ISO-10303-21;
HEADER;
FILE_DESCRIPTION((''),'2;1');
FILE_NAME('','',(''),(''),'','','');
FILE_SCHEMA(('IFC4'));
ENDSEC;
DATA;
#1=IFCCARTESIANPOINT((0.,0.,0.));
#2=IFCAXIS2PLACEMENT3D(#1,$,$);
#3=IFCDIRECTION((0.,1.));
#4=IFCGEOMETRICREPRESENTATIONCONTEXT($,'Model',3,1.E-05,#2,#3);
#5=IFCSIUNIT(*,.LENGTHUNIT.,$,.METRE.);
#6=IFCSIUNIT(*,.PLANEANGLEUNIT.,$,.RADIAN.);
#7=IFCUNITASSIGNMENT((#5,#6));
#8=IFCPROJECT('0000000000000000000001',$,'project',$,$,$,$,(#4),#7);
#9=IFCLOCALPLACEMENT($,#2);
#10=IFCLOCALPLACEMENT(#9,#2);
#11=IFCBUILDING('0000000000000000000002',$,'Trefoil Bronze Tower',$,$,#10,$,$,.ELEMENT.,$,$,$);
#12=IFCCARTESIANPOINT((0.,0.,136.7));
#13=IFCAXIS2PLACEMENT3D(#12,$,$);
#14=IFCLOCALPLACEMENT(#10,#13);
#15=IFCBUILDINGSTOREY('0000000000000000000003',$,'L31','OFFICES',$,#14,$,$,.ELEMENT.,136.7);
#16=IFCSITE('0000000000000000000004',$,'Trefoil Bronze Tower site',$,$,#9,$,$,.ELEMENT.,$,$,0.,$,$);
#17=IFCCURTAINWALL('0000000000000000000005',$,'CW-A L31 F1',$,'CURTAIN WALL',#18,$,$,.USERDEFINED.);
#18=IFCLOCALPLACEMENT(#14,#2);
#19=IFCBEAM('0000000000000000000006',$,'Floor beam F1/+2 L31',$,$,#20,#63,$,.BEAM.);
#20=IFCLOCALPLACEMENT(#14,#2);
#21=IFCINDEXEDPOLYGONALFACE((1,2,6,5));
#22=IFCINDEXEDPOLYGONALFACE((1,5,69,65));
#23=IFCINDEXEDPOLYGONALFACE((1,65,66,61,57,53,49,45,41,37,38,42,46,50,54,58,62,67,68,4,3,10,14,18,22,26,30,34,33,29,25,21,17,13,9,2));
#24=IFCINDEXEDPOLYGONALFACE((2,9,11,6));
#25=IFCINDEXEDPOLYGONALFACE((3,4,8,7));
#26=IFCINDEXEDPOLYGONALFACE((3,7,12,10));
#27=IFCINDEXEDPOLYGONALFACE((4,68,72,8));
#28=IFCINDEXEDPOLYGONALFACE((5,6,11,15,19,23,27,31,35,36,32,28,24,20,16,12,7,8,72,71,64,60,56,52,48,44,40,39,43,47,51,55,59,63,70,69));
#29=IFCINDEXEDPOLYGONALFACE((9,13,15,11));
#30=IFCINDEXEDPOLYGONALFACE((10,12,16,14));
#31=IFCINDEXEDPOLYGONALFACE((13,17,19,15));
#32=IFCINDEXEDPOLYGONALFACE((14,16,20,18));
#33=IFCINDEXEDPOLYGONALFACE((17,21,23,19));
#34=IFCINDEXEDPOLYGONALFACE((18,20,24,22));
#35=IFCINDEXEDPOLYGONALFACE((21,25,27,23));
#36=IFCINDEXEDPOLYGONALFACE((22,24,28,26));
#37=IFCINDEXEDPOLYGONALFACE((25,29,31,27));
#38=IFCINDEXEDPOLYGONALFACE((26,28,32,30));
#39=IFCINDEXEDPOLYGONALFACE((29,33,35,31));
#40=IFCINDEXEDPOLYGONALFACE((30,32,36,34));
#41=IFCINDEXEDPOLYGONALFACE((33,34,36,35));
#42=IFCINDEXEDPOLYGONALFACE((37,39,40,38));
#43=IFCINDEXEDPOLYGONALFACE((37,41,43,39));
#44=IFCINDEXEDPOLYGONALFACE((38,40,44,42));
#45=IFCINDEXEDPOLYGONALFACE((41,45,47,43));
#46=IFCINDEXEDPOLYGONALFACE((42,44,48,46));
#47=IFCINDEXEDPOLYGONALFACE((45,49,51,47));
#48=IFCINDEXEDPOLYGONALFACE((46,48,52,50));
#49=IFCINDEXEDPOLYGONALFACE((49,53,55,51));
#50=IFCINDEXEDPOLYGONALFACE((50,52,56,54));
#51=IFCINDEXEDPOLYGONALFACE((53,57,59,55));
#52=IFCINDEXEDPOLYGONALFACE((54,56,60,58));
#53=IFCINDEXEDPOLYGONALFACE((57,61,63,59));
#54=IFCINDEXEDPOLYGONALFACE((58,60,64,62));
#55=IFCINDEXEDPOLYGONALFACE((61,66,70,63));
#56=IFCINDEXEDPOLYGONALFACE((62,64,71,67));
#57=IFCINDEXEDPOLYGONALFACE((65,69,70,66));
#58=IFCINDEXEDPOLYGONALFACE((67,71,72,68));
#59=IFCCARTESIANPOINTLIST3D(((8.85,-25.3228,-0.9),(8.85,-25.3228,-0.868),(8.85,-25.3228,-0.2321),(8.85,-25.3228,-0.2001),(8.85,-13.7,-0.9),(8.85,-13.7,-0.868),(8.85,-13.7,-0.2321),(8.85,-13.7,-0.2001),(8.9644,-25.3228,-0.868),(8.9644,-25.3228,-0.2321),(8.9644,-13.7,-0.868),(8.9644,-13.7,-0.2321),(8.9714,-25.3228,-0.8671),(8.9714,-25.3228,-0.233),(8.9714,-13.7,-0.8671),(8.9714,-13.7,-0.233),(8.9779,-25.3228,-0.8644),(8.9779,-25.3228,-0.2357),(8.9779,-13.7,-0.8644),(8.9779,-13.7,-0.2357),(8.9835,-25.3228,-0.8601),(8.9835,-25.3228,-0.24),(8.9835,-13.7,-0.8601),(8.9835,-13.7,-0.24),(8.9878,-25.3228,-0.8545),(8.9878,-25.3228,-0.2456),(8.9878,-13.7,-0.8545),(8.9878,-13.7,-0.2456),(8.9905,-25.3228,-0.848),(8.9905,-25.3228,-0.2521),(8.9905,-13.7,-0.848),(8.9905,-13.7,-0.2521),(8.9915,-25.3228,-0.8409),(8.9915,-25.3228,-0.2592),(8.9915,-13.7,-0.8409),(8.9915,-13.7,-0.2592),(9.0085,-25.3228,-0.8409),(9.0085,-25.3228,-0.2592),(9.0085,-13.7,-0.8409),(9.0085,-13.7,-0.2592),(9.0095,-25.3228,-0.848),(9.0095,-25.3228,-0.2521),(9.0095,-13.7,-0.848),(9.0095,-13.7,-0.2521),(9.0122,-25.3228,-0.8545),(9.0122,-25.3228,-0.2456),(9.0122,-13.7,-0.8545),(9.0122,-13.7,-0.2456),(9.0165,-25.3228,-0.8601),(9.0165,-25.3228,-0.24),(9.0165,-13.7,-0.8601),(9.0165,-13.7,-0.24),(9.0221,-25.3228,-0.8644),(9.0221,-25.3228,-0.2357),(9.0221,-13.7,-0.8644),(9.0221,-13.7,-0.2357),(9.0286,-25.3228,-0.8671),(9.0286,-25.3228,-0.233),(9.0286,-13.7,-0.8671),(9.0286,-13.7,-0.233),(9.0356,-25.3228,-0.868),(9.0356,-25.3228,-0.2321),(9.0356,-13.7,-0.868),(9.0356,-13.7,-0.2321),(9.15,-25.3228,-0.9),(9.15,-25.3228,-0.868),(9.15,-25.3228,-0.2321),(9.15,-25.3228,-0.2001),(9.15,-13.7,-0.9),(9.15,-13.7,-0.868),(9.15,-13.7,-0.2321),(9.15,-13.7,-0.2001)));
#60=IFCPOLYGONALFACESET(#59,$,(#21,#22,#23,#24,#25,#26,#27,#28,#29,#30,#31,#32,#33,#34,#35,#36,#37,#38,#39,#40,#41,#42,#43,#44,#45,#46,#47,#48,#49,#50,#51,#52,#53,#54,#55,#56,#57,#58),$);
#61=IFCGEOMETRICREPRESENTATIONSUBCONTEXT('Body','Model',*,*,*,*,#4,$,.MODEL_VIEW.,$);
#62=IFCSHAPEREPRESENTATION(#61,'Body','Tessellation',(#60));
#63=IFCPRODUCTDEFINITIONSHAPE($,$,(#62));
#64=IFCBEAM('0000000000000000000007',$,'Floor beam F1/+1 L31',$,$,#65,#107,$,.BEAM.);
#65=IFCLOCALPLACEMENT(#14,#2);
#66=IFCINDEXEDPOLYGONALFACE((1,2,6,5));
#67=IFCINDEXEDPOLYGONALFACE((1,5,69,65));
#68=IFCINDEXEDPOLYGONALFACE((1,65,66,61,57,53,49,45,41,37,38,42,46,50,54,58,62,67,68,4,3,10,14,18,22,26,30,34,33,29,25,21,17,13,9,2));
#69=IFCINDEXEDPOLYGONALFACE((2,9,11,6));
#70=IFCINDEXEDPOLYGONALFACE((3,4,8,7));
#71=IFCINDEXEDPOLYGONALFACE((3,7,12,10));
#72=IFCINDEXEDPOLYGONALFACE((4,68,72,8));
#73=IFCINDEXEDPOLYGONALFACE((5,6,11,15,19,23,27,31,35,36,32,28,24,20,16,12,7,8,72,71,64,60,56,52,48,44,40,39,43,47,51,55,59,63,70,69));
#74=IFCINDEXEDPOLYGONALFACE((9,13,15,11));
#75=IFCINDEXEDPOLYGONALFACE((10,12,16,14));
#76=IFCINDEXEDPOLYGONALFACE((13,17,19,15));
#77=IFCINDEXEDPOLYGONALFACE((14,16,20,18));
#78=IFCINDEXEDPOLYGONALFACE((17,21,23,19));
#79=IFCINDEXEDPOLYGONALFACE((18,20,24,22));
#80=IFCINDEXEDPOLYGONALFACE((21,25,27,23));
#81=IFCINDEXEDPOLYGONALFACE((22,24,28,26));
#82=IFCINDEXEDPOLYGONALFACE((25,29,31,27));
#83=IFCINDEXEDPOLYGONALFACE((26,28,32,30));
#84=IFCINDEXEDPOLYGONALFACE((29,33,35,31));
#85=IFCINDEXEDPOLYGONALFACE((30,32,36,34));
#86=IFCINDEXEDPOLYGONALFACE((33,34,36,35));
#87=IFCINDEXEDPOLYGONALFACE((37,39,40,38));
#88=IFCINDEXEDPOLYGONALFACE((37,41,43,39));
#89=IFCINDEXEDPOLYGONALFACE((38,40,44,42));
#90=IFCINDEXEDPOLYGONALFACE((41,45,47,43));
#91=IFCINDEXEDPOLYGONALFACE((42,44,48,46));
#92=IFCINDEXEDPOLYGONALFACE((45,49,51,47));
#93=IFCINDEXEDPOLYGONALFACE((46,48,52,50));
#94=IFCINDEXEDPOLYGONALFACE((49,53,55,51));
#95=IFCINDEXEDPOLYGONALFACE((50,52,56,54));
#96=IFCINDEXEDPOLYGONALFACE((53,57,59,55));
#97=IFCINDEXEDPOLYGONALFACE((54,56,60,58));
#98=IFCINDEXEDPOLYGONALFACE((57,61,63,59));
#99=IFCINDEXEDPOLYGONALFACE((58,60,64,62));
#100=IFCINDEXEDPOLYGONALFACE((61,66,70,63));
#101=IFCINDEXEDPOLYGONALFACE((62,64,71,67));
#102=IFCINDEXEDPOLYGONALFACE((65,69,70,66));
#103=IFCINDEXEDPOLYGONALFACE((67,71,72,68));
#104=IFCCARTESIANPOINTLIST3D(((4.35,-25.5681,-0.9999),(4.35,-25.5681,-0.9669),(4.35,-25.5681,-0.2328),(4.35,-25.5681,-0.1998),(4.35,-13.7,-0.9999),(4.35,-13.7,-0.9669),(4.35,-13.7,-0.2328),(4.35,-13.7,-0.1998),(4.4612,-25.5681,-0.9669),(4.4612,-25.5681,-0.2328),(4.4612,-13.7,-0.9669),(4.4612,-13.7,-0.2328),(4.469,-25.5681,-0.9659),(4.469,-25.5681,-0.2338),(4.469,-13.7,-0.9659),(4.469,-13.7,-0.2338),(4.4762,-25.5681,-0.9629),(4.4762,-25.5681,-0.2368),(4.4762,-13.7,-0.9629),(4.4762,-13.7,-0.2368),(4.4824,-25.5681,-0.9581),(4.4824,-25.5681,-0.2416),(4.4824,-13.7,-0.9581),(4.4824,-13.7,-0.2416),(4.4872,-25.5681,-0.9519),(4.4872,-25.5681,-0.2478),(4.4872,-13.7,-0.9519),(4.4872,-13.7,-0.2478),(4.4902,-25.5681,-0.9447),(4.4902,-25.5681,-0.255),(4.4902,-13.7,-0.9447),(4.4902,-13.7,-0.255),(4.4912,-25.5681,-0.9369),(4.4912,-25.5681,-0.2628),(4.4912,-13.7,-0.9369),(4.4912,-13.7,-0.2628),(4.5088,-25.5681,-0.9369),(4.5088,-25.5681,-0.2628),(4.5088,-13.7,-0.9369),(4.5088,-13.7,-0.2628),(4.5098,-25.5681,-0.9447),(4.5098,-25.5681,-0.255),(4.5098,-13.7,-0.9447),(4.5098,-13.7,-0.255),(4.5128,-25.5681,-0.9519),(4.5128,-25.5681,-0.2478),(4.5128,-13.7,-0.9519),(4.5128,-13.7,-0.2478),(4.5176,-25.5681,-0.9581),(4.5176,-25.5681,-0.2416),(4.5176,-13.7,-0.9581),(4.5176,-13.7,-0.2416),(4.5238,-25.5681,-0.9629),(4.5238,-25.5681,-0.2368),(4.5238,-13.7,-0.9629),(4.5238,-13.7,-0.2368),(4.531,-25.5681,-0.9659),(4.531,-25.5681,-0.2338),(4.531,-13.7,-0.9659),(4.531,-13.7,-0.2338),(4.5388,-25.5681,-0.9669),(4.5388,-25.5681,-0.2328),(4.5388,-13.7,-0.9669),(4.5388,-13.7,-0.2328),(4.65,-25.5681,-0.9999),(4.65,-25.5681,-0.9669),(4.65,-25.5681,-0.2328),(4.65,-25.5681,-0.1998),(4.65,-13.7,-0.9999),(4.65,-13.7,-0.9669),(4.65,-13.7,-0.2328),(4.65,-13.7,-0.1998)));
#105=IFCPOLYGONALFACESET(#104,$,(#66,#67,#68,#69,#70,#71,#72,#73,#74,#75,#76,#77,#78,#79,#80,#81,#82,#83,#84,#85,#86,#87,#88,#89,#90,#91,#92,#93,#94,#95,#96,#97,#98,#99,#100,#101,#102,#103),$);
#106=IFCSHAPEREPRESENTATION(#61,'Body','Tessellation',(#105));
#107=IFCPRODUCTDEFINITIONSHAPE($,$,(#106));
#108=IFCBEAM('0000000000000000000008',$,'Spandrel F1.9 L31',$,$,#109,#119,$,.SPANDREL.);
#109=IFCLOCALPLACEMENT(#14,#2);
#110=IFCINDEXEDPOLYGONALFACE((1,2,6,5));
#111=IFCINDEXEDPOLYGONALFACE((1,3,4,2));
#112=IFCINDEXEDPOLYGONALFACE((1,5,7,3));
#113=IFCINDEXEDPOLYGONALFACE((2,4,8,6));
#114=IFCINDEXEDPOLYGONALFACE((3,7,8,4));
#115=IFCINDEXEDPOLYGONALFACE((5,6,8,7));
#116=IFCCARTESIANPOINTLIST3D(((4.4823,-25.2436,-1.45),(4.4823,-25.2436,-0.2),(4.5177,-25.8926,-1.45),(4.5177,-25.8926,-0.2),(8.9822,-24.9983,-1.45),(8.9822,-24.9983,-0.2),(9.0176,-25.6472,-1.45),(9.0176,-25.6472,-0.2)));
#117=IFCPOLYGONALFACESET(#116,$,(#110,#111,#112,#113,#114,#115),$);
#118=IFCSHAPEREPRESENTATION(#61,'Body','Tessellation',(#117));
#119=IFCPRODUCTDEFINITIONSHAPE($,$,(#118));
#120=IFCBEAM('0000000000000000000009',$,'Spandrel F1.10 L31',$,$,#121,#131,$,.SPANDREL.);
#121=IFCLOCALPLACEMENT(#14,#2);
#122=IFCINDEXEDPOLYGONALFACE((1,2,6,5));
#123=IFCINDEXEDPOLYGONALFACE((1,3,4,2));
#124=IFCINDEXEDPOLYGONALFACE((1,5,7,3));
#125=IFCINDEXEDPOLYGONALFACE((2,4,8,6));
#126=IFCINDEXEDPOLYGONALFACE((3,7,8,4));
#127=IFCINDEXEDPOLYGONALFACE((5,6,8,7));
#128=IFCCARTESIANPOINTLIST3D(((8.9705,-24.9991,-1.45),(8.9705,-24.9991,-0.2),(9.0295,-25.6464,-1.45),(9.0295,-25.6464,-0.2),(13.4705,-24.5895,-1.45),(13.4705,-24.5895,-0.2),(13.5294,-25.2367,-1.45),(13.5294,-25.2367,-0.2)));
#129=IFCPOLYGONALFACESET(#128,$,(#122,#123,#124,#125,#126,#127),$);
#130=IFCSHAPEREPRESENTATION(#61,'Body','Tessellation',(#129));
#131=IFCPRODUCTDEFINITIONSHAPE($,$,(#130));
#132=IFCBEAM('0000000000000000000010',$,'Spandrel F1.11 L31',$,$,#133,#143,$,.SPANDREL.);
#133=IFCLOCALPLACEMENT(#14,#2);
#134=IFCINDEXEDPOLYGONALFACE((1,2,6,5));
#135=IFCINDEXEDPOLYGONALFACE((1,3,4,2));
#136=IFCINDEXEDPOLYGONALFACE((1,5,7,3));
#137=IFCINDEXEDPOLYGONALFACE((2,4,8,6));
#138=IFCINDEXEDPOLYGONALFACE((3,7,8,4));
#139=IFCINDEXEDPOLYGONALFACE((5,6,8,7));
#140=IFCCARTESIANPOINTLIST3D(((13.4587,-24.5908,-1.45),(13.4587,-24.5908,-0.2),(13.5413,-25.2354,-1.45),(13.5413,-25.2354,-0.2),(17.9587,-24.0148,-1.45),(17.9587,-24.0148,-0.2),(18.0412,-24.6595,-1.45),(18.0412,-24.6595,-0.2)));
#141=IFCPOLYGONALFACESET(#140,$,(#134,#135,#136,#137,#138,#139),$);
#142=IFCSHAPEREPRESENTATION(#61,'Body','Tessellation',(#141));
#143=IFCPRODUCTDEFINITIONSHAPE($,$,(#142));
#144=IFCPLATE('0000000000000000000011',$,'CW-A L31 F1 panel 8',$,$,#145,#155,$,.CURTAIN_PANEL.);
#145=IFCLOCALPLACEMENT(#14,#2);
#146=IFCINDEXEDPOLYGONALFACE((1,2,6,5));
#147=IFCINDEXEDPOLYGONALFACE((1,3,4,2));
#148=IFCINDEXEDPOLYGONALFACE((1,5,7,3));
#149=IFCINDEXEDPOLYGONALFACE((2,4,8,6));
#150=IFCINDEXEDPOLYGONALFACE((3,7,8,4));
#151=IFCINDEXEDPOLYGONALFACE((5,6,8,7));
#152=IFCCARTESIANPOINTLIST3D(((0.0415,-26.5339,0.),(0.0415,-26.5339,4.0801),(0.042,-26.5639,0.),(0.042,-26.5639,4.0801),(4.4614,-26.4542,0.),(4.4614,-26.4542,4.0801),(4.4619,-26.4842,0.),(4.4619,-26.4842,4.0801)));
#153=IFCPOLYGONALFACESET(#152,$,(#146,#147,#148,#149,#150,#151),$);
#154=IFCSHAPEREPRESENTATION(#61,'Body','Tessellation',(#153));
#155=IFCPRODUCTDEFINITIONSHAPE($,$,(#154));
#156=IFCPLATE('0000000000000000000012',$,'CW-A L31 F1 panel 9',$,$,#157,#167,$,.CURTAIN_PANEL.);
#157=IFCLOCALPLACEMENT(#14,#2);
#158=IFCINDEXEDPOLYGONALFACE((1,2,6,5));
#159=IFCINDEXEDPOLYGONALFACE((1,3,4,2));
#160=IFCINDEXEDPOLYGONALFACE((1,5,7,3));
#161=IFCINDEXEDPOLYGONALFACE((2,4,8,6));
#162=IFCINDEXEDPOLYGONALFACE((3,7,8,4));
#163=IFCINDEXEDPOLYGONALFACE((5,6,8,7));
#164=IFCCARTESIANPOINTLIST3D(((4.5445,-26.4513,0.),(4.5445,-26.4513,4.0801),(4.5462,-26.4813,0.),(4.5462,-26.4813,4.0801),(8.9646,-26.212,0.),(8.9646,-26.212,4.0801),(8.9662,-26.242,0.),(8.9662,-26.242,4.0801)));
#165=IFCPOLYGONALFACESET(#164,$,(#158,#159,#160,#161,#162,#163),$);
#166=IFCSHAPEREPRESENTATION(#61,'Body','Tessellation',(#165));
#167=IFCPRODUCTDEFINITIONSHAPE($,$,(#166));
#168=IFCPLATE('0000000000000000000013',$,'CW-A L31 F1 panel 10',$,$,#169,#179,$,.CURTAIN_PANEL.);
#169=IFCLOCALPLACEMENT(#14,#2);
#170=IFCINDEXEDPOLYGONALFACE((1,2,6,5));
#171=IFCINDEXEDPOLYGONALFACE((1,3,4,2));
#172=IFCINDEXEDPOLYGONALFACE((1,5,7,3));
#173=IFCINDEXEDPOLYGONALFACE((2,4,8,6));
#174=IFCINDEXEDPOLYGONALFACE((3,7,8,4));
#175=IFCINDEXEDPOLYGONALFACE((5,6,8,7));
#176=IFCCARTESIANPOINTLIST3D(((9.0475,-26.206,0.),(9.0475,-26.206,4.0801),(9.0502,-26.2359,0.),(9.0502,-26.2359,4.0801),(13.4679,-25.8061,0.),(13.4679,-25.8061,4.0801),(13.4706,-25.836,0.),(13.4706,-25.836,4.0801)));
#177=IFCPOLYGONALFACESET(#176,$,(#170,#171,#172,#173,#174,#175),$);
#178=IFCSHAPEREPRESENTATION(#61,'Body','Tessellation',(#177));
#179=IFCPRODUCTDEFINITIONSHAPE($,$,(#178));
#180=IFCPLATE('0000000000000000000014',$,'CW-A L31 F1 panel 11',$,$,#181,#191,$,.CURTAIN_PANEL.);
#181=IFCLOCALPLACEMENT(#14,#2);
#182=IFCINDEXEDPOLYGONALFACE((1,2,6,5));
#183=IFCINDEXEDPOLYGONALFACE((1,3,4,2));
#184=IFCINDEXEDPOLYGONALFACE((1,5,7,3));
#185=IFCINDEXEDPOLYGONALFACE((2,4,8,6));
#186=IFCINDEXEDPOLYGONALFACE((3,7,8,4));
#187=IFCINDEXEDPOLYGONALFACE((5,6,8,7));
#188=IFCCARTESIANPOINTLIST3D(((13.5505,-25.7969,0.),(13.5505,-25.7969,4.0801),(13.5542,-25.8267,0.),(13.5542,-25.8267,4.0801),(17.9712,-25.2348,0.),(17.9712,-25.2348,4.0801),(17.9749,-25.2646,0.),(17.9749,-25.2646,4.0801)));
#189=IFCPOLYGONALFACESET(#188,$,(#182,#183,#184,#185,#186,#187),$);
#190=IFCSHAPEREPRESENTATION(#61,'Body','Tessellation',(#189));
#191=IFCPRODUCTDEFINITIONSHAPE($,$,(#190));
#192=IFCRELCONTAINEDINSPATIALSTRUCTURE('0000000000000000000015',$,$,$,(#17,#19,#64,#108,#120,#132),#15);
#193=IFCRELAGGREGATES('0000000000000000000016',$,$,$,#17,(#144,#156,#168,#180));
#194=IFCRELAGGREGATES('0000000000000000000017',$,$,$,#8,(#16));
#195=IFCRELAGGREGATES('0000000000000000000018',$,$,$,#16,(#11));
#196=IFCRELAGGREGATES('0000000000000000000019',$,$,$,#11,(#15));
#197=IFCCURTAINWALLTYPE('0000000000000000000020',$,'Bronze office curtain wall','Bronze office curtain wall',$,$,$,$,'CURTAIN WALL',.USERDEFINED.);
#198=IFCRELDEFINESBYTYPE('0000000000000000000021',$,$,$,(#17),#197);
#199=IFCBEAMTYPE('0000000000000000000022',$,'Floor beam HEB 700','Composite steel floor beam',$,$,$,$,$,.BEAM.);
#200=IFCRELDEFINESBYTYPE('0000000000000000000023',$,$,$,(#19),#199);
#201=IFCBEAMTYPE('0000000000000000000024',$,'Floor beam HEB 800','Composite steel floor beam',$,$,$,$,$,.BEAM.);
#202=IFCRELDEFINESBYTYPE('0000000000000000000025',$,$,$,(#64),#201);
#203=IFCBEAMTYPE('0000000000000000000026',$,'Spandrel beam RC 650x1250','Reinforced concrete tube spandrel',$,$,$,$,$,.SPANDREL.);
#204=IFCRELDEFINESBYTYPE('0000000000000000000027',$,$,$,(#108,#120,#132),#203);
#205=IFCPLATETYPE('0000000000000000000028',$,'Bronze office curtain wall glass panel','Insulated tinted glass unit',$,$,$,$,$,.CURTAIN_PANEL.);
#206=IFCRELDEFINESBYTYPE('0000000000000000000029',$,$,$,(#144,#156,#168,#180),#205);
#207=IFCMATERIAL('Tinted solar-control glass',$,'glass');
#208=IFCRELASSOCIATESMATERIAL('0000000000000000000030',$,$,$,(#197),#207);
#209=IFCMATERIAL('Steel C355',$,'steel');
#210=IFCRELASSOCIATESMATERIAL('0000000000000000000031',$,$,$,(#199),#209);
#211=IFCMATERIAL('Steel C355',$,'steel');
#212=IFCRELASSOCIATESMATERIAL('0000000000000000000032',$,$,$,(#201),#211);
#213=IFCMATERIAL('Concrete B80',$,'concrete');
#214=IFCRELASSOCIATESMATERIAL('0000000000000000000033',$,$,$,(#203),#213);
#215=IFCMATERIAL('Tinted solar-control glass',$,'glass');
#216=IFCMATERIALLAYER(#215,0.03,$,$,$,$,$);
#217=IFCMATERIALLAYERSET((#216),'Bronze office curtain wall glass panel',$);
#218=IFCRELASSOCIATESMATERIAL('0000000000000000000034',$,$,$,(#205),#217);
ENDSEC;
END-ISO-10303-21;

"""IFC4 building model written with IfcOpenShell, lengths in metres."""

from ifc_helpers import new_model, si_unit, direction, frame, origin, origin_2d, place, context, subcontext, project, spatial, rectangle, i_section, extrude, material, layer, layer_set, material_profile, profile_set, type_object, element, aggregate, save


model = new_model("IFC4")

# Units and contexts
model_context = context("Model", 3, precision=1e-05, world=origin(), true_north=direction((0.0, 1.0)))
body_context = subcontext(model_context, "Body", "Model", "MODEL_VIEW")
ifc_project = project(units=[si_unit("LENGTHUNIT", "METRE"), si_unit("PLANEANGLEUNIT", "RADIAN")], contexts=[model_context])

# Site, building, storey
site_placement = place(None, origin())
site = spatial("IfcSite", under=ifc_project, at=site_placement, Name="Trefoil Bronze Tower site", CompositionType="ELEMENT", RefElevation=0.0)
building_placement = place(site_placement, origin())
building = spatial("IfcBuilding", under=site, at=building_placement, Name="Trefoil Bronze Tower", CompositionType="ELEMENT")
storey_placement = place(building_placement, frame((0.0, 0.0, 136.7)))
storey = spatial("IfcBuildingStorey", under=building, at=storey_placement, Name="L31", Description="OFFICES", CompositionType="ELEMENT", Elevation=136.7)

# Curtain wall
ifc_material_1 = material(Name="Tinted solar-control glass", Category="glass")
curtain_wall_type = type_object("IfcCurtainWallType", Name="Bronze office curtain wall", Description="Bronze office curtain wall", ElementType="CURTAIN WALL", PredefinedType="USERDEFINED", material=ifc_material_1)
curtain_wall_placement = place(storey_placement, origin())
curtain_wall = element("IfcCurtainWall", 1, at=curtain_wall_placement, inside=storey, type_object=curtain_wall_type, Name="CW-A L31 F1", ObjectType="CURTAIN WALL", PredefinedType="USERDEFINED")

# Beams
ifc_material_2 = material(Name="Steel C355", Category="steel")
ifc_material_profile_1 = material_profile(ifc_material_2, i_section(OverallWidth=0.3, OverallDepth=0.7, WebThickness=0.0171, FlangeThickness=0.032, FilletRadius=0.0271, at=origin_2d()), Name="HEB 700")
ifc_profile_set_1 = profile_set([ifc_material_profile_1], Name="Steel C355")
beam_type_1 = type_object("IfcBeamType", Name="Floor beam HEB 700", Description="Composite steel floor beam", PredefinedType="BEAM", material=ifc_profile_set_1)
beam_1_placement = place(storey_placement, frame((9.0, -25.3228, -0.55), z_axis=(0.0, 1.0, 0.0), x_axis=(-1.0, 0.0, 0.0)))
element("IfcBeam", 2, at=beam_1_placement, inside=storey, type_object=beam_type_1, Name="Floor beam F1/+2 L31", PredefinedType="BEAM", context=body_context, shape_type="SweptSolid", body=[
    extrude(i_section(OverallWidth=0.3, OverallDepth=0.7, WebThickness=0.0171, FlangeThickness=0.032, FilletRadius=0.0271, at=origin_2d()), origin(), (0.0, 0.0, 1.0), 11.6228),
])
ifc_material_3 = material(Name="Steel C355", Category="steel")
ifc_material_profile_2 = material_profile(ifc_material_3, i_section(OverallWidth=0.3, OverallDepth=0.8, WebThickness=0.0176, FlangeThickness=0.033, FilletRadius=0.03, at=origin_2d()), Name="HEB 800")
ifc_profile_set_2 = profile_set([ifc_material_profile_2], Name="Steel C355")
beam_type_2 = type_object("IfcBeamType", Name="Floor beam HEB 800", Description="Composite steel floor beam", PredefinedType="BEAM", material=ifc_profile_set_2)
beam_2_placement = place(storey_placement, frame((4.5, -25.5681, -0.5999), z_axis=(0.0, 1.0, 0.0), x_axis=(-1.0, 0.0, 0.0)))
element("IfcBeam", 3, at=beam_2_placement, inside=storey, type_object=beam_type_2, Name="Floor beam F1/+1 L31", PredefinedType="BEAM", context=body_context, shape_type="SweptSolid", body=[
    extrude(i_section(OverallWidth=0.3, OverallDepth=0.8, WebThickness=0.0176, FlangeThickness=0.033, FilletRadius=0.03, at=origin_2d()), origin(), (0.0, 0.0, 1.0), 11.8682),
])
ifc_material_4 = material(Name="Concrete B80", Category="concrete")
ifc_material_profile_3 = material_profile(ifc_material_4, rectangle(XDim=0.6499, YDim=1.25, at=origin_2d()), Name="RC 650x1250")
ifc_profile_set_3 = profile_set([ifc_material_profile_3], Name="Concrete B80")
beam_type_3 = type_object("IfcBeamType", Name="Spandrel beam RC 650x1250", Description="Reinforced concrete tube spandrel", PredefinedType="SPANDREL", material=ifc_profile_set_3)
beam_3_placement = place(storey_placement, frame((4.5, -25.5681, -0.825), z_axis=(0.998517, 0.054444, 0.0), x_axis=(-0.054444, 0.998517, 0.0)))
element("IfcBeam", 4, at=beam_3_placement, inside=storey, type_object=beam_type_3, Name="Spandrel F1.9 L31", PredefinedType="SPANDREL", context=body_context, shape_type="SweptSolid", body=[
    extrude(rectangle(XDim=0.6499, YDim=1.25, at=origin_2d()), origin(), (0.0, 0.0, 1.0), 4.5066),
])
beam_4_placement = place(storey_placement, frame((9.0, -25.3228, -0.825), z_axis=(0.995882, 0.090662, 0.0), x_axis=(-0.090662, 0.995882, 0.0)))
element("IfcBeam", 5, at=beam_4_placement, inside=storey, type_object=beam_type_3, Name="Spandrel F1.10 L31", PredefinedType="SPANDREL", context=body_context, shape_type="SweptSolid", body=[
    extrude(rectangle(XDim=0.6499, YDim=1.25, at=origin_2d()), origin(), (0.0, 0.0, 1.0), 4.5186),
])
beam_5_placement = place(storey_placement, frame((13.5, -24.9131, -0.825), z_axis=(0.991909, 0.126948, 0.0), x_axis=(-0.126948, 0.991909, 0.0)))
element("IfcBeam", 6, at=beam_5_placement, inside=storey, type_object=beam_type_3, Name="Spandrel F1.11 L31", PredefinedType="SPANDREL", context=body_context, shape_type="SweptSolid", body=[
    extrude(rectangle(XDim=0.6499, YDim=1.25, at=origin_2d()), origin(), (0.0, 0.0, 1.0), 4.5366),
])

# Plates
ifc_material_5 = material(Name="Tinted solar-control glass", Category="glass")
ifc_layer_1 = layer(ifc_material_5, 0.03)
ifc_layer_set_1 = layer_set([ifc_layer_1], Name="Bronze office curtain wall glass panel")
plate_type = type_object("IfcPlateType", Name="Bronze office curtain wall glass panel", Description="Insulated tinted glass unit", PredefinedType="CURTAIN_PANEL", material=ifc_layer_set_1)
plate_1_placement = place(storey_placement, frame((2.2517, -26.509, 0.0), z_axis=(0.0, 0.0, 1.0), x_axis=(0.999838, 0.018021, 0.0)))
plate_1 = element("IfcPlate", 7, at=plate_1_placement, type_object=plate_type, Name="CW-A L31 F1 panel 8", PredefinedType="CURTAIN_PANEL", context=body_context, shape_type="SweptSolid", body=[
    extrude(rectangle(XDim=4.4207, YDim=0.03, at=origin_2d()), origin(), (0.0, 0.0, 1.0), 4.0801),
])
plate_2_placement = place(storey_placement, frame((6.7554, -26.3467, 0.0), z_axis=(0.0, 0.0, 1.0), x_axis=(0.998538, 0.054063, 0.0)))
plate_2 = element("IfcPlate", 8, at=plate_2_placement, type_object=plate_type, Name="CW-A L31 F1 panel 9", PredefinedType="CURTAIN_PANEL", context=body_context, shape_type="SweptSolid", body=[
    extrude(rectangle(XDim=4.4265, YDim=0.03, at=origin_2d()), origin(), (0.0, 0.0, 1.0), 4.0801),
])
plate_3_placement = place(storey_placement, frame((11.259, -26.021, 0.0), z_axis=(0.0, 0.0, 1.0), x_axis=(0.995932, 0.090105, 0.0)))
plate_3 = element("IfcPlate", 9, at=plate_3_placement, type_object=plate_type, Name="CW-A L31 F1 panel 10", PredefinedType="CURTAIN_PANEL", context=body_context, shape_type="SweptSolid", body=[
    extrude(rectangle(XDim=4.4385, YDim=0.03, at=origin_2d()), origin(), (0.0, 0.0, 1.0), 4.0801),
])
plate_4_placement = place(storey_placement, frame((15.7627, -25.5308, 0.0), z_axis=(0.0, 0.0, 1.0), x_axis=(0.992012, 0.126147, 0.0)))
plate_4 = element("IfcPlate", 10, at=plate_4_placement, type_object=plate_type, Name="CW-A L31 F1 panel 11", PredefinedType="CURTAIN_PANEL", context=body_context, shape_type="SweptSolid", body=[
    extrude(rectangle(XDim=4.4563, YDim=0.03, at=origin_2d()), origin(), (0.0, 0.0, 1.0), 4.0801),
])
aggregate(curtain_wall, [plate_1, plate_2, plate_3, plate_4])

save(model, "model.ifc")
